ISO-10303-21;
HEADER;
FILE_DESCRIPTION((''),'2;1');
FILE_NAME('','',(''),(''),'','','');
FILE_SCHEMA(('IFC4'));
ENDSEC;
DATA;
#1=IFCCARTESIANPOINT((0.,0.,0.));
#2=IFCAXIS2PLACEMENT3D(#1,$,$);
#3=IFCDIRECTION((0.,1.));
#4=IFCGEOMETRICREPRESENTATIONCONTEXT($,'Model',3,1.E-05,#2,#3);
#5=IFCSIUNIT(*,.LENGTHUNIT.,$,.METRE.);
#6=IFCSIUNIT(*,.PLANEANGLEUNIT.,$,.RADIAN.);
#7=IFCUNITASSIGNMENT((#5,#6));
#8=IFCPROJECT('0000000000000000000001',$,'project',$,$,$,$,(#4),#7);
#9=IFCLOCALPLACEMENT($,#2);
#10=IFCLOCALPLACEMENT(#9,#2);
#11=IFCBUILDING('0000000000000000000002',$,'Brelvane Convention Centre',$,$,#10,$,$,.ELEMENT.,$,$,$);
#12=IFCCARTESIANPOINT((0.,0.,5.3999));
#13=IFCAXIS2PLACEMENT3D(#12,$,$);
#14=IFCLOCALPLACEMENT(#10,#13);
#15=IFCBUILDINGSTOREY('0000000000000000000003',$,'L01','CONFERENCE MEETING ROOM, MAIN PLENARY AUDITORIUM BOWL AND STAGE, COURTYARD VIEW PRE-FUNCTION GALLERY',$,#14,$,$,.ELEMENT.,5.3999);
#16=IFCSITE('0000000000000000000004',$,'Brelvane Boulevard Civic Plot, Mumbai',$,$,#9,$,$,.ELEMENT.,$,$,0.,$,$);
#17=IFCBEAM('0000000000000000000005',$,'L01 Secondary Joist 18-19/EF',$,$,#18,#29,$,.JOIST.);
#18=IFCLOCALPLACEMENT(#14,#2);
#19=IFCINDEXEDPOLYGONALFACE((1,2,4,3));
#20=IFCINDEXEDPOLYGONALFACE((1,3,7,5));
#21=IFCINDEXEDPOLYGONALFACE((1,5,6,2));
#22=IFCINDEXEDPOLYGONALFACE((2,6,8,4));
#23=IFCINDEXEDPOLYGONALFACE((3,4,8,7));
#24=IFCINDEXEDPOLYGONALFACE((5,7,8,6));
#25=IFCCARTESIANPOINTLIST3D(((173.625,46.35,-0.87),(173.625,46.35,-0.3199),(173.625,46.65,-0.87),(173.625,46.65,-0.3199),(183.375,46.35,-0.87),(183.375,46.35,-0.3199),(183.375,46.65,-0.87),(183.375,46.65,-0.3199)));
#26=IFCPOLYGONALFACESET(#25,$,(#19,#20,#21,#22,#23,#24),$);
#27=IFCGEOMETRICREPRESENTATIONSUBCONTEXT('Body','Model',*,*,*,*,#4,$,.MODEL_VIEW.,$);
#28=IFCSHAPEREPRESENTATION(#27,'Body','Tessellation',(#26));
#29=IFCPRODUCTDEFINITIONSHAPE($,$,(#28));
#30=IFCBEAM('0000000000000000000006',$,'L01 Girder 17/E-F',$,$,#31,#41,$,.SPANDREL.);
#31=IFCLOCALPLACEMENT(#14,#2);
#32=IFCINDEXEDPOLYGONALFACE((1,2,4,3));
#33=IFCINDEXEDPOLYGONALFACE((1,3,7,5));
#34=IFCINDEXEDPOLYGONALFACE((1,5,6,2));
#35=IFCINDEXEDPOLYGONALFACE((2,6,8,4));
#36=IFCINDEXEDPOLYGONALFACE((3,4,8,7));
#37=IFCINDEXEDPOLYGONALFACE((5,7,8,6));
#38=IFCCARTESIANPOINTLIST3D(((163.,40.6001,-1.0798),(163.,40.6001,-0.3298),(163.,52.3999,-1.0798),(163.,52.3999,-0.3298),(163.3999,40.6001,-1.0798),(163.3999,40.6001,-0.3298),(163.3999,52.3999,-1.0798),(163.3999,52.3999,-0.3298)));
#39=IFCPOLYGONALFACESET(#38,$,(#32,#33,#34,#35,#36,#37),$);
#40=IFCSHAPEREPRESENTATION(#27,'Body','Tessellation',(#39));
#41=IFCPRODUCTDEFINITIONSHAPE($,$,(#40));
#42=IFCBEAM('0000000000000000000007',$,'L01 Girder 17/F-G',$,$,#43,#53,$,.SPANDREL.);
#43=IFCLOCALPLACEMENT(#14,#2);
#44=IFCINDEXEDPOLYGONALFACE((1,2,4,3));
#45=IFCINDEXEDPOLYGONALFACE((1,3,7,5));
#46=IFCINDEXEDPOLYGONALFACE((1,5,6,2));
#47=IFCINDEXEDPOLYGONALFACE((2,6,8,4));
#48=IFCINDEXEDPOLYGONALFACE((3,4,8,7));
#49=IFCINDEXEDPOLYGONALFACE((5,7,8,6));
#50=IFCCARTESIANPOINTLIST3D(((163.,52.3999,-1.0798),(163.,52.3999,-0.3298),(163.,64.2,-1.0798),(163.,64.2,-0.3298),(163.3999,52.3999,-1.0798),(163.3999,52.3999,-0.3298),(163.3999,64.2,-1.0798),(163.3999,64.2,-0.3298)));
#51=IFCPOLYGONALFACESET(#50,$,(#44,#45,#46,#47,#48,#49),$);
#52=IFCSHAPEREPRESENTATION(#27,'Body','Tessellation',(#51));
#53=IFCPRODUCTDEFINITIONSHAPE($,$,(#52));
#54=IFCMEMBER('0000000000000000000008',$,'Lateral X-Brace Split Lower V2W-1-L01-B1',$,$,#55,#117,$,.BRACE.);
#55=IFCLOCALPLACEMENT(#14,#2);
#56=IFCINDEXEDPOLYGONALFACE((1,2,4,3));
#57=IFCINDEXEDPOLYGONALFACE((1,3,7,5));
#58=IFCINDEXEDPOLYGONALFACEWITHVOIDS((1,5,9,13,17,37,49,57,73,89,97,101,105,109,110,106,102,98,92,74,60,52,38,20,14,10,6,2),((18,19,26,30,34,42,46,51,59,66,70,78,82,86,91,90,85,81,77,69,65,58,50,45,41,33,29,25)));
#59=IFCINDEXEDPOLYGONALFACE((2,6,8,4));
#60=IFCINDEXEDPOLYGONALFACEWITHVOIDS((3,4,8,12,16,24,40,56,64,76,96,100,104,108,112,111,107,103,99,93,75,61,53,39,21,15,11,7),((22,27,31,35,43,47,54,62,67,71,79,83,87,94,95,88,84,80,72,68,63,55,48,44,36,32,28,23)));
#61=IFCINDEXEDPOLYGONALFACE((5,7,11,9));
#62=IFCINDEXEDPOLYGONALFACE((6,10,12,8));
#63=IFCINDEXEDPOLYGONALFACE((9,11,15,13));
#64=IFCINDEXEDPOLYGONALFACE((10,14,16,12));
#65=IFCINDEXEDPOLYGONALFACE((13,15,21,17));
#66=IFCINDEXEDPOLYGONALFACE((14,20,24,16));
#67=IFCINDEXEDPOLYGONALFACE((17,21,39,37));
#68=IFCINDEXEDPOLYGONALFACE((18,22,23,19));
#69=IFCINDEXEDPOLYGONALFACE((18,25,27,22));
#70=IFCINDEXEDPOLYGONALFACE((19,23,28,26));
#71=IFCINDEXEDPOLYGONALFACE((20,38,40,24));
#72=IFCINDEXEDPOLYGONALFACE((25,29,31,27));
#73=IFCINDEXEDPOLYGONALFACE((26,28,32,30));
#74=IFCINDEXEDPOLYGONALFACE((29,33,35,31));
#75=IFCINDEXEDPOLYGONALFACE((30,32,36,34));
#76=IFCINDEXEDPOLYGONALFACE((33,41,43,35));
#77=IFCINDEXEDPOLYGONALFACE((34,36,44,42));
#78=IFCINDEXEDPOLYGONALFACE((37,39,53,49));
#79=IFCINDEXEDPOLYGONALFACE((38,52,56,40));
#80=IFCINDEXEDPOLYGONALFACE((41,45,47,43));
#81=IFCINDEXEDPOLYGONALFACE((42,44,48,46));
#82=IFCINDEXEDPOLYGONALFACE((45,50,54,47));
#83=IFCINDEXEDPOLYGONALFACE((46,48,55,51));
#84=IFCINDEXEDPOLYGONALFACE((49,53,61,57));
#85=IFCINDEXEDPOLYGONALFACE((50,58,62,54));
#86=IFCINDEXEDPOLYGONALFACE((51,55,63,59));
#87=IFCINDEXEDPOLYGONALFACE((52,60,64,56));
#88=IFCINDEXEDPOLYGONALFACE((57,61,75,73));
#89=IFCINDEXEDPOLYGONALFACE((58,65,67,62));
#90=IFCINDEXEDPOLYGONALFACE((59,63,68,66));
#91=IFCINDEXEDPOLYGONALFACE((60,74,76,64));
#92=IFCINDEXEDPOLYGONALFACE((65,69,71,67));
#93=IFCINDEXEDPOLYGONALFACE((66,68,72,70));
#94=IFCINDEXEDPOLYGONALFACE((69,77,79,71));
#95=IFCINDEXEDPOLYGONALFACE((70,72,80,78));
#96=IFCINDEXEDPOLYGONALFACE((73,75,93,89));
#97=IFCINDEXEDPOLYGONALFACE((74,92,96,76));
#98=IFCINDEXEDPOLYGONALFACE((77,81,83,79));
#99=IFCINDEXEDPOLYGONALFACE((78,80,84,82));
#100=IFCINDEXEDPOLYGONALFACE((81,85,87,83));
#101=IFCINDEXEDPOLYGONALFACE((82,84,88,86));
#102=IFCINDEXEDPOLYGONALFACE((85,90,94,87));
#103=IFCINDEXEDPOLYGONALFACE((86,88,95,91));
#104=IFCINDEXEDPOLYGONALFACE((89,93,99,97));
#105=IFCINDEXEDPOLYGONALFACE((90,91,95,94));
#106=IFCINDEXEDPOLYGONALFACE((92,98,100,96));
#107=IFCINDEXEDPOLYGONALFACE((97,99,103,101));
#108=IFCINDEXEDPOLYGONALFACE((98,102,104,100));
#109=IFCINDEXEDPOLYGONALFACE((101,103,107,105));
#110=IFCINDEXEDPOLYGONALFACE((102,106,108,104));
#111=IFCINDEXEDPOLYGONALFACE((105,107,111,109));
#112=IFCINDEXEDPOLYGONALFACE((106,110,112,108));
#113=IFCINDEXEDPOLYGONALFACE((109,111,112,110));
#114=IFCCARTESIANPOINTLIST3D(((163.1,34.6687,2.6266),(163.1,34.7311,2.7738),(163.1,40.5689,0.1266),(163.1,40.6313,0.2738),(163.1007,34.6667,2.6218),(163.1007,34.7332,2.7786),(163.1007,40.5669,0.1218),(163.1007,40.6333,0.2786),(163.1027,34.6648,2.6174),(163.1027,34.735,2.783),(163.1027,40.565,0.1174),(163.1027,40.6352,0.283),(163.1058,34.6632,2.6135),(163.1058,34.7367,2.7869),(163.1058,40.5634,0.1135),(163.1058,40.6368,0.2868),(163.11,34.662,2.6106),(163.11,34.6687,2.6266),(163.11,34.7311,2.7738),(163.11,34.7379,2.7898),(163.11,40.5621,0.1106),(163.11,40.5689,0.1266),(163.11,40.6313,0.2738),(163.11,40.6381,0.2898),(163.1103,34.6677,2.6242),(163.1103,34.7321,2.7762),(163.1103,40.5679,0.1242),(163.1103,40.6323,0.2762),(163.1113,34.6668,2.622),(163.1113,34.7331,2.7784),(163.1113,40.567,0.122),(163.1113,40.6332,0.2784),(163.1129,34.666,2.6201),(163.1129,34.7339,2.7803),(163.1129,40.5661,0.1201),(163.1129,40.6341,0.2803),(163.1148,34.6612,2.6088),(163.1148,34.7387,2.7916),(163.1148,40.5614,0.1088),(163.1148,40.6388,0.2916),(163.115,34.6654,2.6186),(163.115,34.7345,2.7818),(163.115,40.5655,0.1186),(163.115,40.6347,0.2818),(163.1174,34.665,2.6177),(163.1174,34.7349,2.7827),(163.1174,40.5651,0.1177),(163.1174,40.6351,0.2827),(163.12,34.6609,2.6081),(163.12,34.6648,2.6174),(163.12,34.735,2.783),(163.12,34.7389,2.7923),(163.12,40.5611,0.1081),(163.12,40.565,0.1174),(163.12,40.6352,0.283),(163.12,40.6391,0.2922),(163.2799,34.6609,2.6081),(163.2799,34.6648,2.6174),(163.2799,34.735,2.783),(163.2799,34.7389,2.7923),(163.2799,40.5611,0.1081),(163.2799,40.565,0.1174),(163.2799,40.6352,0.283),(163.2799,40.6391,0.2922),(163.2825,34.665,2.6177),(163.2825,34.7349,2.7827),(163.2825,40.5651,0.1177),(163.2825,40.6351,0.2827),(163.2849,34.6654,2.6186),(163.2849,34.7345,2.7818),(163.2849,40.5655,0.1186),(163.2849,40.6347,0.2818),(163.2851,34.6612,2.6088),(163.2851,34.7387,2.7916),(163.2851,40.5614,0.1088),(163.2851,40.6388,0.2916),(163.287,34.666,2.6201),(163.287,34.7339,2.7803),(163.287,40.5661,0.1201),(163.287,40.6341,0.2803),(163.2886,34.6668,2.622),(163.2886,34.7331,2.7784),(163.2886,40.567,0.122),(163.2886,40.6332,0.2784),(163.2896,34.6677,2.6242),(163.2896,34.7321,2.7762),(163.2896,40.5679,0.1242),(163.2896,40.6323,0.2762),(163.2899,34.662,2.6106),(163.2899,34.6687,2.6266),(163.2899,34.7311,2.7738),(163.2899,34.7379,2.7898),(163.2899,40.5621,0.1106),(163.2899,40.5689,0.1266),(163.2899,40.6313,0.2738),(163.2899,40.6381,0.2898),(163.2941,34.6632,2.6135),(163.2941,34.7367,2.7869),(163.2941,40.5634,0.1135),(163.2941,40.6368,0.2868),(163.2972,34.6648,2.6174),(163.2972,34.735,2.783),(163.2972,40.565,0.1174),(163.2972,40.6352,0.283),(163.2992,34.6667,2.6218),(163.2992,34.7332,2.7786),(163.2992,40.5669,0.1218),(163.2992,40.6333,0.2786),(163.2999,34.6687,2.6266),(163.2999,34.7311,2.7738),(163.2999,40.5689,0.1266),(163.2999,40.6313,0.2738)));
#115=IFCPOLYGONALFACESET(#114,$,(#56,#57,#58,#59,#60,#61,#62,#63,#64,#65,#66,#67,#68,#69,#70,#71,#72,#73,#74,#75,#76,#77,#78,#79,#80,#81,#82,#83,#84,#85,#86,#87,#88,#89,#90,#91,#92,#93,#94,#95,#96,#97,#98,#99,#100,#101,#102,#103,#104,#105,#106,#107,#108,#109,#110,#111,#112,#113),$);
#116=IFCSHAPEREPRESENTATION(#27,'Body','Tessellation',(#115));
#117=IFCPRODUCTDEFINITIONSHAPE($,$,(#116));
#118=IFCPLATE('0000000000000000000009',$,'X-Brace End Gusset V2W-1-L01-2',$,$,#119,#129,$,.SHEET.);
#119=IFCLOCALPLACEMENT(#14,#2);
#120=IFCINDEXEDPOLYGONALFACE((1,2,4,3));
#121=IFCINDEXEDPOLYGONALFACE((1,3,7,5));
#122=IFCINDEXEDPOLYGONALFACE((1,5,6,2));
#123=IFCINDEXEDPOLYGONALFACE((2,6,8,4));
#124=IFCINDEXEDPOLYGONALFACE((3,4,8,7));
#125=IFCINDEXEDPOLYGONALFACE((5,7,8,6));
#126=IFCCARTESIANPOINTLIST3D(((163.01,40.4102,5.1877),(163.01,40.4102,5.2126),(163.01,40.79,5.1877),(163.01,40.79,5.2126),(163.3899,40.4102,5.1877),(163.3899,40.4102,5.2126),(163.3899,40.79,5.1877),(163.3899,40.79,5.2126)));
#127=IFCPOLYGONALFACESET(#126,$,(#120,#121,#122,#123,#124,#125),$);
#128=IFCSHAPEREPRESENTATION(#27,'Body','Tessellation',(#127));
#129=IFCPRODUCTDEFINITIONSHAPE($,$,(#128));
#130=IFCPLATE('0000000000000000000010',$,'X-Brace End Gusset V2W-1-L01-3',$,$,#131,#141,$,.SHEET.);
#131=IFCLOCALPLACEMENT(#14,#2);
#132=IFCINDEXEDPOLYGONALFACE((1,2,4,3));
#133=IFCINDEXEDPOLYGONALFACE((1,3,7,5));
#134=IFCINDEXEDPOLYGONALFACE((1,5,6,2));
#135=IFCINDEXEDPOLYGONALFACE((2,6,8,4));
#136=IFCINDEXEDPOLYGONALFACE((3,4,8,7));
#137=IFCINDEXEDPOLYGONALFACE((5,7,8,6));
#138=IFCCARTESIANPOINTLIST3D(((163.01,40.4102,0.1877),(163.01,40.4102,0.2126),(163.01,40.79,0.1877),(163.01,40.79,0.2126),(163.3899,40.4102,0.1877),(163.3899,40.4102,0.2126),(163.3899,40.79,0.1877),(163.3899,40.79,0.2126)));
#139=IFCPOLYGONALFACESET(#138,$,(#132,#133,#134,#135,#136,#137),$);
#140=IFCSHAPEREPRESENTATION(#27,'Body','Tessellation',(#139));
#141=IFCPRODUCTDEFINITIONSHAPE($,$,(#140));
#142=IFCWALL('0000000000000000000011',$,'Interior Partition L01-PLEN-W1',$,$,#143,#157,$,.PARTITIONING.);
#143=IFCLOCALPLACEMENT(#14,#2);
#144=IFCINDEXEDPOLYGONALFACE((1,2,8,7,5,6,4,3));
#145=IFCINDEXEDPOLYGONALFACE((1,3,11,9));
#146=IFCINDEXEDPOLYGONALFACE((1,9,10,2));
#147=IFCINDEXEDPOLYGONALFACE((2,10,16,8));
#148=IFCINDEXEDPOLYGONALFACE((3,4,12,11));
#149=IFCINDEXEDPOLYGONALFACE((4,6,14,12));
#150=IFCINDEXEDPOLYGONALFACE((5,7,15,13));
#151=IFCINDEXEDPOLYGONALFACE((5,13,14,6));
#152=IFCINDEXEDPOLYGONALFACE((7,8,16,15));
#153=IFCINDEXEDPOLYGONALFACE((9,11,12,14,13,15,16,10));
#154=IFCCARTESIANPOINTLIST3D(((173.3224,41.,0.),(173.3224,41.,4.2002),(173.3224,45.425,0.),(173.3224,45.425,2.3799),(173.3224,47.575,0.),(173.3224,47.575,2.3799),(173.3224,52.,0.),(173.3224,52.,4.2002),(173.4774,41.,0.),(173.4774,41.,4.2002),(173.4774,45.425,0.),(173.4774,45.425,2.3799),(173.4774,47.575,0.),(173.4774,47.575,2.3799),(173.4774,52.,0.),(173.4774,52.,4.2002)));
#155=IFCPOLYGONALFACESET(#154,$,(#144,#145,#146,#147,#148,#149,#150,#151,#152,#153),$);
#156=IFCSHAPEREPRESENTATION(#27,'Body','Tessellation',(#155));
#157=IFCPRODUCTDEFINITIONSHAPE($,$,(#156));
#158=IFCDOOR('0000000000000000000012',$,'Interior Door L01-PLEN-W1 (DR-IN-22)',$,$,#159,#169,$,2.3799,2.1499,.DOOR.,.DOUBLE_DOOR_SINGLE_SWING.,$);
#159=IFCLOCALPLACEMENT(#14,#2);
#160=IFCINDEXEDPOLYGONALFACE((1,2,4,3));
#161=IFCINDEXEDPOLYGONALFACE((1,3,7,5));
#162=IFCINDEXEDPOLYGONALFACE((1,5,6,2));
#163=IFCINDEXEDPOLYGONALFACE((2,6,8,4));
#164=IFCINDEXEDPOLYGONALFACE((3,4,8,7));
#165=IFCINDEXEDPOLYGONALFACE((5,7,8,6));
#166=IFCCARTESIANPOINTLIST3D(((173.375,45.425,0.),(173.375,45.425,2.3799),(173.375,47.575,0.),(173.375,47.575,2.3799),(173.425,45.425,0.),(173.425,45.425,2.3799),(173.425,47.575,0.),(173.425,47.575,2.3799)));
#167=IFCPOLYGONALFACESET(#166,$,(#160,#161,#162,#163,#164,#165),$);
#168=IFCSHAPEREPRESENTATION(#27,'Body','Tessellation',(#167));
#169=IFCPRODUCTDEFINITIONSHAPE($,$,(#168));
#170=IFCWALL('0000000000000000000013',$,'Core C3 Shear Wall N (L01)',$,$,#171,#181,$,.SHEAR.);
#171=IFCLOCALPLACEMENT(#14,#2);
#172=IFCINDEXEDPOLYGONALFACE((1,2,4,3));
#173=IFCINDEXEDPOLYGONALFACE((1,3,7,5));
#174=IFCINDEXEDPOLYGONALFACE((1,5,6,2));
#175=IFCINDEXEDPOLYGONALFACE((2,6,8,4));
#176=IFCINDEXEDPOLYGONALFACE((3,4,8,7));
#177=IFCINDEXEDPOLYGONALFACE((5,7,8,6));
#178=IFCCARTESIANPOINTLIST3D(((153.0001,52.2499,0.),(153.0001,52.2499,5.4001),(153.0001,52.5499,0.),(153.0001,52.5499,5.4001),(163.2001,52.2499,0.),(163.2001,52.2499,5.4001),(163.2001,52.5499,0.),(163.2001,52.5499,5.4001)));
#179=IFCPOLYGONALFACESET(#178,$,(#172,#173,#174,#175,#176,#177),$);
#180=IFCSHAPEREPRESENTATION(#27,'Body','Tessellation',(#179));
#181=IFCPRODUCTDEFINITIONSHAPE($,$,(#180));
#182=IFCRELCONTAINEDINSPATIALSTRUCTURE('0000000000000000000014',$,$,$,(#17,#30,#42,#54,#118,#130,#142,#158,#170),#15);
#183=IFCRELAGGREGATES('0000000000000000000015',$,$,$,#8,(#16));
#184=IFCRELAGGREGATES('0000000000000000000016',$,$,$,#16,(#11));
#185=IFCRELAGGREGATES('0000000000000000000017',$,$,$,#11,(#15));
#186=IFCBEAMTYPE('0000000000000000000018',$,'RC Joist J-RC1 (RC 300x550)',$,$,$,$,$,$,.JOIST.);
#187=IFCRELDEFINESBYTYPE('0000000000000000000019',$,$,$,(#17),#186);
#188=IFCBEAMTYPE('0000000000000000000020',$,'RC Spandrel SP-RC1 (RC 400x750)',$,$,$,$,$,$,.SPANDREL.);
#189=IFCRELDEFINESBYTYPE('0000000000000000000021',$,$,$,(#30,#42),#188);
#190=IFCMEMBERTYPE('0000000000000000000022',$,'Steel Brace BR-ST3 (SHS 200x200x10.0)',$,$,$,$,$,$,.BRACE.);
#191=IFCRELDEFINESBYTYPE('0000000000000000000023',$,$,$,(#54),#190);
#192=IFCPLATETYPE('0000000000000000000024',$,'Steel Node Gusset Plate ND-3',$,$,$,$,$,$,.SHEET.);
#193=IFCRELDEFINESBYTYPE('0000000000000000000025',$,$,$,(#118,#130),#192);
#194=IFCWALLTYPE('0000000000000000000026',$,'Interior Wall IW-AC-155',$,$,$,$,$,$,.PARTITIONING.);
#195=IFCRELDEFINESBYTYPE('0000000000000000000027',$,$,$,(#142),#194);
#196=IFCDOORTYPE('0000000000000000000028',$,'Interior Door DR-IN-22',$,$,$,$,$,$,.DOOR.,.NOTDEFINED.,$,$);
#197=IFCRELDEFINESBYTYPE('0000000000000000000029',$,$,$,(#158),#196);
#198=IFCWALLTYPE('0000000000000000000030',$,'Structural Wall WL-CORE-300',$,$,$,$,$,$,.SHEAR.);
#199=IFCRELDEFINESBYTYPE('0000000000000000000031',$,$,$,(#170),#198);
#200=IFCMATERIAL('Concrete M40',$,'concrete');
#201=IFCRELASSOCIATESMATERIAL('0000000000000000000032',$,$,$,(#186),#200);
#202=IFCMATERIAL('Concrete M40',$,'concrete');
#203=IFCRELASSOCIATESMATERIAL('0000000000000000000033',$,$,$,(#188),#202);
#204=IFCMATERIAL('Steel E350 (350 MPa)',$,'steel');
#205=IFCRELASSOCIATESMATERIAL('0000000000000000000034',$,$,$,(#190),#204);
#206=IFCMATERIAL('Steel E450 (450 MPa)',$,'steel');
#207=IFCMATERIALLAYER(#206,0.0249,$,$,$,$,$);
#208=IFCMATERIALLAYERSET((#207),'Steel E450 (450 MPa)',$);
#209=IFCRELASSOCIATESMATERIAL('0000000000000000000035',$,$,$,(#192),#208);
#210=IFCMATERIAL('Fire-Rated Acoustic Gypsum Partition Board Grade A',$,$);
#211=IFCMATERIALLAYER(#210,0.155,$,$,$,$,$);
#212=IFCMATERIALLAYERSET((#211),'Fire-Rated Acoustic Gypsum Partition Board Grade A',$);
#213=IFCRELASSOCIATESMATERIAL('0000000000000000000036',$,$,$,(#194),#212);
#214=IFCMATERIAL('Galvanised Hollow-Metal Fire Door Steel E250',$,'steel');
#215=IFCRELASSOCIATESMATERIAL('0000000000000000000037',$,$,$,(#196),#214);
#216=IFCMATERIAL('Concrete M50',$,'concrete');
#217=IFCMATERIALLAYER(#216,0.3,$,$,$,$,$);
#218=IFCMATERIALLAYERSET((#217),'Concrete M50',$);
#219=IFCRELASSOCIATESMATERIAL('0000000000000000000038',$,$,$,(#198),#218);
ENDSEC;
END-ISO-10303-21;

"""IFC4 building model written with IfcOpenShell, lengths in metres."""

from ifc_helpers import new_model, si_unit, direction, frame, frame_2d, origin, origin_2d, place, context, subcontext, project, spatial, rectangle, hollow_rectangle, extrude, material, layer, layer_set, material_profile, profile_set, type_object, element, fill, save


model = new_model("IFC4")

# Units and contexts
model_context = context("Model", 3, precision=1e-05, world=origin(), true_north=direction((0.0, 1.0)))
body_context = subcontext(model_context, "Body", "Model", "MODEL_VIEW")
ifc_project = project(units=[si_unit("LENGTHUNIT", "METRE"), si_unit("PLANEANGLEUNIT", "RADIAN")], contexts=[model_context])

# Site, building, storey
site_placement = place(None, origin())
site = spatial("IfcSite", under=ifc_project, at=site_placement, Name="Brelvane Boulevard Civic Plot, Mumbai", CompositionType="ELEMENT", RefElevation=0.0)
building_placement = place(site_placement, origin())
building = spatial("IfcBuilding", under=site, at=building_placement, Name="Brelvane Convention Centre", CompositionType="ELEMENT")
storey_placement = place(building_placement, frame((0.0, 0.0, 5.3999)))
storey = spatial("IfcBuildingStorey", under=building, at=storey_placement, Name="L01", Description="CONFERENCE MEETING ROOM, MAIN PLENARY AUDITORIUM BOWL AND STAGE, COURTYARD VIEW PRE-FUNCTION GALLERY", CompositionType="ELEMENT", Elevation=5.3999)

# Beams
ifc_material_1 = material(Name="Concrete M40", Category="concrete")
ifc_material_profile_1 = material_profile(ifc_material_1, rectangle(XDim=0.3, YDim=0.55, at=origin_2d()), Name="RC 300x550")
ifc_profile_set_1 = profile_set([ifc_material_profile_1], Name="Concrete M40")
beam_type_1 = type_object("IfcBeamType", Name="RC Joist J-RC1 (RC 300x550)", PredefinedType="JOIST", material=ifc_profile_set_1)
beam_1_placement = place(storey_placement, frame((173.625, 46.5, -0.595), z_axis=(1.0, 0.0, 0.0), x_axis=(0.0, 1.0, 0.0)))
element("IfcBeam", 1, at=beam_1_placement, inside=storey, type_object=beam_type_1, Name="L01 Secondary Joist 18-19/EF", PredefinedType="JOIST", context=body_context, shape_type="SweptSolid", body=[
    extrude(rectangle(XDim=0.3, YDim=0.55, at=origin_2d()), origin(), (0.0, 0.0, 1.0), 9.75),
])
ifc_material_2 = material(Name="Concrete M40", Category="concrete")
ifc_material_profile_2 = material_profile(ifc_material_2, rectangle(XDim=0.3999, YDim=0.75, at=origin_2d()), Name="RC 400x750")
ifc_profile_set_2 = profile_set([ifc_material_profile_2], Name="Concrete M40")
beam_type_2 = type_object("IfcBeamType", Name="RC Spandrel SP-RC1 (RC 400x750)", PredefinedType="SPANDREL", material=ifc_profile_set_2)
beam_2_placement = place(storey_placement, frame((163.2, 40.6001, -0.7048), z_axis=(0.0, 1.0, 0.0), x_axis=(-1.0, 0.0, 0.0)))
element("IfcBeam", 2, at=beam_2_placement, inside=storey, type_object=beam_type_2, Name="L01 Girder 17/E-F", PredefinedType="SPANDREL", context=body_context, shape_type="SweptSolid", body=[
    extrude(rectangle(XDim=0.3999, YDim=0.75, at=origin_2d()), origin(), (0.0, 0.0, 1.0), 11.7998),
])
beam_3_placement = place(storey_placement, frame((163.2, 52.3999, -0.7048), z_axis=(0.0, 1.0, 0.0), x_axis=(-1.0, 0.0, 0.0)))
element("IfcBeam", 3, at=beam_3_placement, inside=storey, type_object=beam_type_2, Name="L01 Girder 17/F-G", PredefinedType="SPANDREL", context=body_context, shape_type="SweptSolid", body=[
    extrude(rectangle(XDim=0.3999, YDim=0.75, at=origin_2d()), origin(), (0.0, 0.0, 1.0), 11.8),
])

# Member
ifc_material_3 = material(Name="Steel E350 (350 MPa)", Category="steel")
ifc_material_profile_3 = material_profile(ifc_material_3, hollow_rectangle(XDim=0.2, YDim=0.2, WallThickness=0.01, InnerFilletRadius=0.01, OuterFilletRadius=0.02, at=origin_2d()), Name="SHS 200x200x10.0")
ifc_profile_set_3 = profile_set([ifc_material_profile_3], Name="Steel E350 (350 MPa)")
member_type = type_object("IfcMemberType", Name="Steel Brace BR-ST3 (SHS 200x200x10.0)", PredefinedType="BRACE", material=ifc_profile_set_3)
member_placement = place(storey_placement, frame((163.2, 40.6001, 0.2002), z_axis=(0.0, -0.920755, 0.390141), x_axis=(1.0, 0.0, 0.0)))
element("IfcMember", 4, at=member_placement, inside=storey, type_object=member_type, Name="Lateral X-Brace Split Lower V2W-1-L01-B1", PredefinedType="BRACE", context=body_context, shape_type="SweptSolid", body=[
    extrude(hollow_rectangle(XDim=0.2, YDim=0.2, WallThickness=0.01, InnerFilletRadius=0.01, OuterFilletRadius=0.02, at=origin_2d()), origin(), (0.0, 0.0, 1.0), 6.408),
])

# Plates
ifc_material_4 = material(Name="Steel E450 (450 MPa)", Category="steel")
ifc_layer_1 = layer(ifc_material_4, 0.0249)
ifc_layer_set_1 = layer_set([ifc_layer_1], Name="Steel E450 (450 MPa)")
plate_type = type_object("IfcPlateType", Name="Steel Node Gusset Plate ND-3", PredefinedType="SHEET", material=ifc_layer_set_1)
for number, where, z_axis, x_axis, name in (
    (5, (163.2, 40.6001, 5.1877), (0.0, 0.0, 1.0), (1.0, 0.0, 0.0), "X-Brace End Gusset V2W-1-L01-2"),
    (6, (163.2, 40.6001, 0.1877), (0.0, 0.0, 1.0), (1.0, 0.0, 0.0), "X-Brace End Gusset V2W-1-L01-3"),
):
    element("IfcPlate", number, at=place(storey_placement, frame(where, z_axis=z_axis, x_axis=x_axis)), inside=storey, type_object=plate_type, Name=name, PredefinedType="SHEET", context=body_context, shape_type="SweptSolid", body=[
        extrude(rectangle(XDim=0.3799, YDim=0.3799, at=origin_2d()), origin(), (0.0, 0.0, 1.0), 0.0249),
    ])

# Wall, opening, door
ifc_material_5 = material(Name="Fire-Rated Acoustic Gypsum Partition Board Grade A")
ifc_layer_2 = layer(ifc_material_5, 0.155)
ifc_layer_set_2 = layer_set([ifc_layer_2], Name="Fire-Rated Acoustic Gypsum Partition Board Grade A")
wall_type_1 = type_object("IfcWallType", Name="Interior Wall IW-AC-155", PredefinedType="PARTITIONING", material=ifc_layer_set_2)
wall_1_placement = place(storey_placement, frame((173.3999, 41.0, 0.0), z_axis=(0.0, 0.0, 1.0), x_axis=(0.0, 1.0, 0.0)))
wall_1 = element("IfcWall", 7, at=wall_1_placement, inside=storey, type_object=wall_type_1, Name="Interior Partition L01-PLEN-W1", PredefinedType="PARTITIONING", context=body_context, shape_type="SweptSolid", body=[
    extrude(rectangle(XDim=11.0, YDim=0.155, at=frame_2d((5.5, 0.0))), origin(), (0.0, 0.0, 1.0), 4.2002),
])
opening_1_placement = place(wall_1_placement, frame((4.425, 0.0, 0.0)))
opening_1 = element("IfcOpeningElement", 8, at=opening_1_placement, cuts=wall_1, PredefinedType="OPENING", context=body_context, shape_type="SweptSolid", body=[
    extrude(rectangle(XDim=2.1499, YDim=2.3799, at=frame_2d((1.075, 1.1899))), frame((0.0, 0.0874, 0.0), z_axis=(0.0, -1.0, 0.0), x_axis=(1.0, 0.0, 0.0)), (0.0, 0.0, 1.0), 0.175),
])
ifc_material_6 = material(Name="Galvanised Hollow-Metal Fire Door Steel E250", Category="steel")
door_type_1 = type_object("IfcDoorType", Name="Interior Door DR-IN-22", OperationType="NOTDEFINED", PredefinedType="DOOR", material=ifc_material_6)
door_1_placement = place(opening_1_placement, origin())
door_1 = element("IfcDoor", 9, at=door_1_placement, inside=storey, type_object=door_type_1, Name="Interior Door L01-PLEN-W1 (DR-IN-22)", OperationType="DOUBLE_DOOR_SINGLE_SWING", OverallHeight=2.3799, OverallWidth=2.1499, PredefinedType="DOOR", context=body_context, shape_type="SweptSolid", body=[
    extrude(rectangle(XDim=2.1499, YDim=2.3799, at=frame_2d((1.075, 1.1899))), frame((0.0, 0.0249, 0.0), z_axis=(0.0, -1.0, 0.0), x_axis=(1.0, 0.0, 0.0)), (0.0, 0.0, 1.0), 0.05),
])
fill(opening_1, door_1)

# Wall
ifc_material_7 = material(Name="Concrete M50", Category="concrete")
ifc_layer_3 = layer(ifc_material_7, 0.3)
ifc_layer_set_3 = layer_set([ifc_layer_3], Name="Concrete M50")
wall_type_2 = type_object("IfcWallType", Name="Structural Wall WL-CORE-300", PredefinedType="SHEAR", material=ifc_layer_set_3)
wall_2_placement = place(storey_placement, frame((153.0, 52.3999, 0.0), z_axis=(0.0, 0.0, 1.0), x_axis=(1.0, 0.0, 0.0)))
element("IfcWall", 10, at=wall_2_placement, inside=storey, type_object=wall_type_2, Name="Core C3 Shear Wall N (L01)", PredefinedType="SHEAR", context=body_context, shape_type="SweptSolid", body=[
    extrude(rectangle(XDim=10.2, YDim=0.3, at=frame_2d((5.1001, 0.0))), origin(), (0.0, 0.0, 1.0), 5.4001),
])

save(model, "model.ifc")
